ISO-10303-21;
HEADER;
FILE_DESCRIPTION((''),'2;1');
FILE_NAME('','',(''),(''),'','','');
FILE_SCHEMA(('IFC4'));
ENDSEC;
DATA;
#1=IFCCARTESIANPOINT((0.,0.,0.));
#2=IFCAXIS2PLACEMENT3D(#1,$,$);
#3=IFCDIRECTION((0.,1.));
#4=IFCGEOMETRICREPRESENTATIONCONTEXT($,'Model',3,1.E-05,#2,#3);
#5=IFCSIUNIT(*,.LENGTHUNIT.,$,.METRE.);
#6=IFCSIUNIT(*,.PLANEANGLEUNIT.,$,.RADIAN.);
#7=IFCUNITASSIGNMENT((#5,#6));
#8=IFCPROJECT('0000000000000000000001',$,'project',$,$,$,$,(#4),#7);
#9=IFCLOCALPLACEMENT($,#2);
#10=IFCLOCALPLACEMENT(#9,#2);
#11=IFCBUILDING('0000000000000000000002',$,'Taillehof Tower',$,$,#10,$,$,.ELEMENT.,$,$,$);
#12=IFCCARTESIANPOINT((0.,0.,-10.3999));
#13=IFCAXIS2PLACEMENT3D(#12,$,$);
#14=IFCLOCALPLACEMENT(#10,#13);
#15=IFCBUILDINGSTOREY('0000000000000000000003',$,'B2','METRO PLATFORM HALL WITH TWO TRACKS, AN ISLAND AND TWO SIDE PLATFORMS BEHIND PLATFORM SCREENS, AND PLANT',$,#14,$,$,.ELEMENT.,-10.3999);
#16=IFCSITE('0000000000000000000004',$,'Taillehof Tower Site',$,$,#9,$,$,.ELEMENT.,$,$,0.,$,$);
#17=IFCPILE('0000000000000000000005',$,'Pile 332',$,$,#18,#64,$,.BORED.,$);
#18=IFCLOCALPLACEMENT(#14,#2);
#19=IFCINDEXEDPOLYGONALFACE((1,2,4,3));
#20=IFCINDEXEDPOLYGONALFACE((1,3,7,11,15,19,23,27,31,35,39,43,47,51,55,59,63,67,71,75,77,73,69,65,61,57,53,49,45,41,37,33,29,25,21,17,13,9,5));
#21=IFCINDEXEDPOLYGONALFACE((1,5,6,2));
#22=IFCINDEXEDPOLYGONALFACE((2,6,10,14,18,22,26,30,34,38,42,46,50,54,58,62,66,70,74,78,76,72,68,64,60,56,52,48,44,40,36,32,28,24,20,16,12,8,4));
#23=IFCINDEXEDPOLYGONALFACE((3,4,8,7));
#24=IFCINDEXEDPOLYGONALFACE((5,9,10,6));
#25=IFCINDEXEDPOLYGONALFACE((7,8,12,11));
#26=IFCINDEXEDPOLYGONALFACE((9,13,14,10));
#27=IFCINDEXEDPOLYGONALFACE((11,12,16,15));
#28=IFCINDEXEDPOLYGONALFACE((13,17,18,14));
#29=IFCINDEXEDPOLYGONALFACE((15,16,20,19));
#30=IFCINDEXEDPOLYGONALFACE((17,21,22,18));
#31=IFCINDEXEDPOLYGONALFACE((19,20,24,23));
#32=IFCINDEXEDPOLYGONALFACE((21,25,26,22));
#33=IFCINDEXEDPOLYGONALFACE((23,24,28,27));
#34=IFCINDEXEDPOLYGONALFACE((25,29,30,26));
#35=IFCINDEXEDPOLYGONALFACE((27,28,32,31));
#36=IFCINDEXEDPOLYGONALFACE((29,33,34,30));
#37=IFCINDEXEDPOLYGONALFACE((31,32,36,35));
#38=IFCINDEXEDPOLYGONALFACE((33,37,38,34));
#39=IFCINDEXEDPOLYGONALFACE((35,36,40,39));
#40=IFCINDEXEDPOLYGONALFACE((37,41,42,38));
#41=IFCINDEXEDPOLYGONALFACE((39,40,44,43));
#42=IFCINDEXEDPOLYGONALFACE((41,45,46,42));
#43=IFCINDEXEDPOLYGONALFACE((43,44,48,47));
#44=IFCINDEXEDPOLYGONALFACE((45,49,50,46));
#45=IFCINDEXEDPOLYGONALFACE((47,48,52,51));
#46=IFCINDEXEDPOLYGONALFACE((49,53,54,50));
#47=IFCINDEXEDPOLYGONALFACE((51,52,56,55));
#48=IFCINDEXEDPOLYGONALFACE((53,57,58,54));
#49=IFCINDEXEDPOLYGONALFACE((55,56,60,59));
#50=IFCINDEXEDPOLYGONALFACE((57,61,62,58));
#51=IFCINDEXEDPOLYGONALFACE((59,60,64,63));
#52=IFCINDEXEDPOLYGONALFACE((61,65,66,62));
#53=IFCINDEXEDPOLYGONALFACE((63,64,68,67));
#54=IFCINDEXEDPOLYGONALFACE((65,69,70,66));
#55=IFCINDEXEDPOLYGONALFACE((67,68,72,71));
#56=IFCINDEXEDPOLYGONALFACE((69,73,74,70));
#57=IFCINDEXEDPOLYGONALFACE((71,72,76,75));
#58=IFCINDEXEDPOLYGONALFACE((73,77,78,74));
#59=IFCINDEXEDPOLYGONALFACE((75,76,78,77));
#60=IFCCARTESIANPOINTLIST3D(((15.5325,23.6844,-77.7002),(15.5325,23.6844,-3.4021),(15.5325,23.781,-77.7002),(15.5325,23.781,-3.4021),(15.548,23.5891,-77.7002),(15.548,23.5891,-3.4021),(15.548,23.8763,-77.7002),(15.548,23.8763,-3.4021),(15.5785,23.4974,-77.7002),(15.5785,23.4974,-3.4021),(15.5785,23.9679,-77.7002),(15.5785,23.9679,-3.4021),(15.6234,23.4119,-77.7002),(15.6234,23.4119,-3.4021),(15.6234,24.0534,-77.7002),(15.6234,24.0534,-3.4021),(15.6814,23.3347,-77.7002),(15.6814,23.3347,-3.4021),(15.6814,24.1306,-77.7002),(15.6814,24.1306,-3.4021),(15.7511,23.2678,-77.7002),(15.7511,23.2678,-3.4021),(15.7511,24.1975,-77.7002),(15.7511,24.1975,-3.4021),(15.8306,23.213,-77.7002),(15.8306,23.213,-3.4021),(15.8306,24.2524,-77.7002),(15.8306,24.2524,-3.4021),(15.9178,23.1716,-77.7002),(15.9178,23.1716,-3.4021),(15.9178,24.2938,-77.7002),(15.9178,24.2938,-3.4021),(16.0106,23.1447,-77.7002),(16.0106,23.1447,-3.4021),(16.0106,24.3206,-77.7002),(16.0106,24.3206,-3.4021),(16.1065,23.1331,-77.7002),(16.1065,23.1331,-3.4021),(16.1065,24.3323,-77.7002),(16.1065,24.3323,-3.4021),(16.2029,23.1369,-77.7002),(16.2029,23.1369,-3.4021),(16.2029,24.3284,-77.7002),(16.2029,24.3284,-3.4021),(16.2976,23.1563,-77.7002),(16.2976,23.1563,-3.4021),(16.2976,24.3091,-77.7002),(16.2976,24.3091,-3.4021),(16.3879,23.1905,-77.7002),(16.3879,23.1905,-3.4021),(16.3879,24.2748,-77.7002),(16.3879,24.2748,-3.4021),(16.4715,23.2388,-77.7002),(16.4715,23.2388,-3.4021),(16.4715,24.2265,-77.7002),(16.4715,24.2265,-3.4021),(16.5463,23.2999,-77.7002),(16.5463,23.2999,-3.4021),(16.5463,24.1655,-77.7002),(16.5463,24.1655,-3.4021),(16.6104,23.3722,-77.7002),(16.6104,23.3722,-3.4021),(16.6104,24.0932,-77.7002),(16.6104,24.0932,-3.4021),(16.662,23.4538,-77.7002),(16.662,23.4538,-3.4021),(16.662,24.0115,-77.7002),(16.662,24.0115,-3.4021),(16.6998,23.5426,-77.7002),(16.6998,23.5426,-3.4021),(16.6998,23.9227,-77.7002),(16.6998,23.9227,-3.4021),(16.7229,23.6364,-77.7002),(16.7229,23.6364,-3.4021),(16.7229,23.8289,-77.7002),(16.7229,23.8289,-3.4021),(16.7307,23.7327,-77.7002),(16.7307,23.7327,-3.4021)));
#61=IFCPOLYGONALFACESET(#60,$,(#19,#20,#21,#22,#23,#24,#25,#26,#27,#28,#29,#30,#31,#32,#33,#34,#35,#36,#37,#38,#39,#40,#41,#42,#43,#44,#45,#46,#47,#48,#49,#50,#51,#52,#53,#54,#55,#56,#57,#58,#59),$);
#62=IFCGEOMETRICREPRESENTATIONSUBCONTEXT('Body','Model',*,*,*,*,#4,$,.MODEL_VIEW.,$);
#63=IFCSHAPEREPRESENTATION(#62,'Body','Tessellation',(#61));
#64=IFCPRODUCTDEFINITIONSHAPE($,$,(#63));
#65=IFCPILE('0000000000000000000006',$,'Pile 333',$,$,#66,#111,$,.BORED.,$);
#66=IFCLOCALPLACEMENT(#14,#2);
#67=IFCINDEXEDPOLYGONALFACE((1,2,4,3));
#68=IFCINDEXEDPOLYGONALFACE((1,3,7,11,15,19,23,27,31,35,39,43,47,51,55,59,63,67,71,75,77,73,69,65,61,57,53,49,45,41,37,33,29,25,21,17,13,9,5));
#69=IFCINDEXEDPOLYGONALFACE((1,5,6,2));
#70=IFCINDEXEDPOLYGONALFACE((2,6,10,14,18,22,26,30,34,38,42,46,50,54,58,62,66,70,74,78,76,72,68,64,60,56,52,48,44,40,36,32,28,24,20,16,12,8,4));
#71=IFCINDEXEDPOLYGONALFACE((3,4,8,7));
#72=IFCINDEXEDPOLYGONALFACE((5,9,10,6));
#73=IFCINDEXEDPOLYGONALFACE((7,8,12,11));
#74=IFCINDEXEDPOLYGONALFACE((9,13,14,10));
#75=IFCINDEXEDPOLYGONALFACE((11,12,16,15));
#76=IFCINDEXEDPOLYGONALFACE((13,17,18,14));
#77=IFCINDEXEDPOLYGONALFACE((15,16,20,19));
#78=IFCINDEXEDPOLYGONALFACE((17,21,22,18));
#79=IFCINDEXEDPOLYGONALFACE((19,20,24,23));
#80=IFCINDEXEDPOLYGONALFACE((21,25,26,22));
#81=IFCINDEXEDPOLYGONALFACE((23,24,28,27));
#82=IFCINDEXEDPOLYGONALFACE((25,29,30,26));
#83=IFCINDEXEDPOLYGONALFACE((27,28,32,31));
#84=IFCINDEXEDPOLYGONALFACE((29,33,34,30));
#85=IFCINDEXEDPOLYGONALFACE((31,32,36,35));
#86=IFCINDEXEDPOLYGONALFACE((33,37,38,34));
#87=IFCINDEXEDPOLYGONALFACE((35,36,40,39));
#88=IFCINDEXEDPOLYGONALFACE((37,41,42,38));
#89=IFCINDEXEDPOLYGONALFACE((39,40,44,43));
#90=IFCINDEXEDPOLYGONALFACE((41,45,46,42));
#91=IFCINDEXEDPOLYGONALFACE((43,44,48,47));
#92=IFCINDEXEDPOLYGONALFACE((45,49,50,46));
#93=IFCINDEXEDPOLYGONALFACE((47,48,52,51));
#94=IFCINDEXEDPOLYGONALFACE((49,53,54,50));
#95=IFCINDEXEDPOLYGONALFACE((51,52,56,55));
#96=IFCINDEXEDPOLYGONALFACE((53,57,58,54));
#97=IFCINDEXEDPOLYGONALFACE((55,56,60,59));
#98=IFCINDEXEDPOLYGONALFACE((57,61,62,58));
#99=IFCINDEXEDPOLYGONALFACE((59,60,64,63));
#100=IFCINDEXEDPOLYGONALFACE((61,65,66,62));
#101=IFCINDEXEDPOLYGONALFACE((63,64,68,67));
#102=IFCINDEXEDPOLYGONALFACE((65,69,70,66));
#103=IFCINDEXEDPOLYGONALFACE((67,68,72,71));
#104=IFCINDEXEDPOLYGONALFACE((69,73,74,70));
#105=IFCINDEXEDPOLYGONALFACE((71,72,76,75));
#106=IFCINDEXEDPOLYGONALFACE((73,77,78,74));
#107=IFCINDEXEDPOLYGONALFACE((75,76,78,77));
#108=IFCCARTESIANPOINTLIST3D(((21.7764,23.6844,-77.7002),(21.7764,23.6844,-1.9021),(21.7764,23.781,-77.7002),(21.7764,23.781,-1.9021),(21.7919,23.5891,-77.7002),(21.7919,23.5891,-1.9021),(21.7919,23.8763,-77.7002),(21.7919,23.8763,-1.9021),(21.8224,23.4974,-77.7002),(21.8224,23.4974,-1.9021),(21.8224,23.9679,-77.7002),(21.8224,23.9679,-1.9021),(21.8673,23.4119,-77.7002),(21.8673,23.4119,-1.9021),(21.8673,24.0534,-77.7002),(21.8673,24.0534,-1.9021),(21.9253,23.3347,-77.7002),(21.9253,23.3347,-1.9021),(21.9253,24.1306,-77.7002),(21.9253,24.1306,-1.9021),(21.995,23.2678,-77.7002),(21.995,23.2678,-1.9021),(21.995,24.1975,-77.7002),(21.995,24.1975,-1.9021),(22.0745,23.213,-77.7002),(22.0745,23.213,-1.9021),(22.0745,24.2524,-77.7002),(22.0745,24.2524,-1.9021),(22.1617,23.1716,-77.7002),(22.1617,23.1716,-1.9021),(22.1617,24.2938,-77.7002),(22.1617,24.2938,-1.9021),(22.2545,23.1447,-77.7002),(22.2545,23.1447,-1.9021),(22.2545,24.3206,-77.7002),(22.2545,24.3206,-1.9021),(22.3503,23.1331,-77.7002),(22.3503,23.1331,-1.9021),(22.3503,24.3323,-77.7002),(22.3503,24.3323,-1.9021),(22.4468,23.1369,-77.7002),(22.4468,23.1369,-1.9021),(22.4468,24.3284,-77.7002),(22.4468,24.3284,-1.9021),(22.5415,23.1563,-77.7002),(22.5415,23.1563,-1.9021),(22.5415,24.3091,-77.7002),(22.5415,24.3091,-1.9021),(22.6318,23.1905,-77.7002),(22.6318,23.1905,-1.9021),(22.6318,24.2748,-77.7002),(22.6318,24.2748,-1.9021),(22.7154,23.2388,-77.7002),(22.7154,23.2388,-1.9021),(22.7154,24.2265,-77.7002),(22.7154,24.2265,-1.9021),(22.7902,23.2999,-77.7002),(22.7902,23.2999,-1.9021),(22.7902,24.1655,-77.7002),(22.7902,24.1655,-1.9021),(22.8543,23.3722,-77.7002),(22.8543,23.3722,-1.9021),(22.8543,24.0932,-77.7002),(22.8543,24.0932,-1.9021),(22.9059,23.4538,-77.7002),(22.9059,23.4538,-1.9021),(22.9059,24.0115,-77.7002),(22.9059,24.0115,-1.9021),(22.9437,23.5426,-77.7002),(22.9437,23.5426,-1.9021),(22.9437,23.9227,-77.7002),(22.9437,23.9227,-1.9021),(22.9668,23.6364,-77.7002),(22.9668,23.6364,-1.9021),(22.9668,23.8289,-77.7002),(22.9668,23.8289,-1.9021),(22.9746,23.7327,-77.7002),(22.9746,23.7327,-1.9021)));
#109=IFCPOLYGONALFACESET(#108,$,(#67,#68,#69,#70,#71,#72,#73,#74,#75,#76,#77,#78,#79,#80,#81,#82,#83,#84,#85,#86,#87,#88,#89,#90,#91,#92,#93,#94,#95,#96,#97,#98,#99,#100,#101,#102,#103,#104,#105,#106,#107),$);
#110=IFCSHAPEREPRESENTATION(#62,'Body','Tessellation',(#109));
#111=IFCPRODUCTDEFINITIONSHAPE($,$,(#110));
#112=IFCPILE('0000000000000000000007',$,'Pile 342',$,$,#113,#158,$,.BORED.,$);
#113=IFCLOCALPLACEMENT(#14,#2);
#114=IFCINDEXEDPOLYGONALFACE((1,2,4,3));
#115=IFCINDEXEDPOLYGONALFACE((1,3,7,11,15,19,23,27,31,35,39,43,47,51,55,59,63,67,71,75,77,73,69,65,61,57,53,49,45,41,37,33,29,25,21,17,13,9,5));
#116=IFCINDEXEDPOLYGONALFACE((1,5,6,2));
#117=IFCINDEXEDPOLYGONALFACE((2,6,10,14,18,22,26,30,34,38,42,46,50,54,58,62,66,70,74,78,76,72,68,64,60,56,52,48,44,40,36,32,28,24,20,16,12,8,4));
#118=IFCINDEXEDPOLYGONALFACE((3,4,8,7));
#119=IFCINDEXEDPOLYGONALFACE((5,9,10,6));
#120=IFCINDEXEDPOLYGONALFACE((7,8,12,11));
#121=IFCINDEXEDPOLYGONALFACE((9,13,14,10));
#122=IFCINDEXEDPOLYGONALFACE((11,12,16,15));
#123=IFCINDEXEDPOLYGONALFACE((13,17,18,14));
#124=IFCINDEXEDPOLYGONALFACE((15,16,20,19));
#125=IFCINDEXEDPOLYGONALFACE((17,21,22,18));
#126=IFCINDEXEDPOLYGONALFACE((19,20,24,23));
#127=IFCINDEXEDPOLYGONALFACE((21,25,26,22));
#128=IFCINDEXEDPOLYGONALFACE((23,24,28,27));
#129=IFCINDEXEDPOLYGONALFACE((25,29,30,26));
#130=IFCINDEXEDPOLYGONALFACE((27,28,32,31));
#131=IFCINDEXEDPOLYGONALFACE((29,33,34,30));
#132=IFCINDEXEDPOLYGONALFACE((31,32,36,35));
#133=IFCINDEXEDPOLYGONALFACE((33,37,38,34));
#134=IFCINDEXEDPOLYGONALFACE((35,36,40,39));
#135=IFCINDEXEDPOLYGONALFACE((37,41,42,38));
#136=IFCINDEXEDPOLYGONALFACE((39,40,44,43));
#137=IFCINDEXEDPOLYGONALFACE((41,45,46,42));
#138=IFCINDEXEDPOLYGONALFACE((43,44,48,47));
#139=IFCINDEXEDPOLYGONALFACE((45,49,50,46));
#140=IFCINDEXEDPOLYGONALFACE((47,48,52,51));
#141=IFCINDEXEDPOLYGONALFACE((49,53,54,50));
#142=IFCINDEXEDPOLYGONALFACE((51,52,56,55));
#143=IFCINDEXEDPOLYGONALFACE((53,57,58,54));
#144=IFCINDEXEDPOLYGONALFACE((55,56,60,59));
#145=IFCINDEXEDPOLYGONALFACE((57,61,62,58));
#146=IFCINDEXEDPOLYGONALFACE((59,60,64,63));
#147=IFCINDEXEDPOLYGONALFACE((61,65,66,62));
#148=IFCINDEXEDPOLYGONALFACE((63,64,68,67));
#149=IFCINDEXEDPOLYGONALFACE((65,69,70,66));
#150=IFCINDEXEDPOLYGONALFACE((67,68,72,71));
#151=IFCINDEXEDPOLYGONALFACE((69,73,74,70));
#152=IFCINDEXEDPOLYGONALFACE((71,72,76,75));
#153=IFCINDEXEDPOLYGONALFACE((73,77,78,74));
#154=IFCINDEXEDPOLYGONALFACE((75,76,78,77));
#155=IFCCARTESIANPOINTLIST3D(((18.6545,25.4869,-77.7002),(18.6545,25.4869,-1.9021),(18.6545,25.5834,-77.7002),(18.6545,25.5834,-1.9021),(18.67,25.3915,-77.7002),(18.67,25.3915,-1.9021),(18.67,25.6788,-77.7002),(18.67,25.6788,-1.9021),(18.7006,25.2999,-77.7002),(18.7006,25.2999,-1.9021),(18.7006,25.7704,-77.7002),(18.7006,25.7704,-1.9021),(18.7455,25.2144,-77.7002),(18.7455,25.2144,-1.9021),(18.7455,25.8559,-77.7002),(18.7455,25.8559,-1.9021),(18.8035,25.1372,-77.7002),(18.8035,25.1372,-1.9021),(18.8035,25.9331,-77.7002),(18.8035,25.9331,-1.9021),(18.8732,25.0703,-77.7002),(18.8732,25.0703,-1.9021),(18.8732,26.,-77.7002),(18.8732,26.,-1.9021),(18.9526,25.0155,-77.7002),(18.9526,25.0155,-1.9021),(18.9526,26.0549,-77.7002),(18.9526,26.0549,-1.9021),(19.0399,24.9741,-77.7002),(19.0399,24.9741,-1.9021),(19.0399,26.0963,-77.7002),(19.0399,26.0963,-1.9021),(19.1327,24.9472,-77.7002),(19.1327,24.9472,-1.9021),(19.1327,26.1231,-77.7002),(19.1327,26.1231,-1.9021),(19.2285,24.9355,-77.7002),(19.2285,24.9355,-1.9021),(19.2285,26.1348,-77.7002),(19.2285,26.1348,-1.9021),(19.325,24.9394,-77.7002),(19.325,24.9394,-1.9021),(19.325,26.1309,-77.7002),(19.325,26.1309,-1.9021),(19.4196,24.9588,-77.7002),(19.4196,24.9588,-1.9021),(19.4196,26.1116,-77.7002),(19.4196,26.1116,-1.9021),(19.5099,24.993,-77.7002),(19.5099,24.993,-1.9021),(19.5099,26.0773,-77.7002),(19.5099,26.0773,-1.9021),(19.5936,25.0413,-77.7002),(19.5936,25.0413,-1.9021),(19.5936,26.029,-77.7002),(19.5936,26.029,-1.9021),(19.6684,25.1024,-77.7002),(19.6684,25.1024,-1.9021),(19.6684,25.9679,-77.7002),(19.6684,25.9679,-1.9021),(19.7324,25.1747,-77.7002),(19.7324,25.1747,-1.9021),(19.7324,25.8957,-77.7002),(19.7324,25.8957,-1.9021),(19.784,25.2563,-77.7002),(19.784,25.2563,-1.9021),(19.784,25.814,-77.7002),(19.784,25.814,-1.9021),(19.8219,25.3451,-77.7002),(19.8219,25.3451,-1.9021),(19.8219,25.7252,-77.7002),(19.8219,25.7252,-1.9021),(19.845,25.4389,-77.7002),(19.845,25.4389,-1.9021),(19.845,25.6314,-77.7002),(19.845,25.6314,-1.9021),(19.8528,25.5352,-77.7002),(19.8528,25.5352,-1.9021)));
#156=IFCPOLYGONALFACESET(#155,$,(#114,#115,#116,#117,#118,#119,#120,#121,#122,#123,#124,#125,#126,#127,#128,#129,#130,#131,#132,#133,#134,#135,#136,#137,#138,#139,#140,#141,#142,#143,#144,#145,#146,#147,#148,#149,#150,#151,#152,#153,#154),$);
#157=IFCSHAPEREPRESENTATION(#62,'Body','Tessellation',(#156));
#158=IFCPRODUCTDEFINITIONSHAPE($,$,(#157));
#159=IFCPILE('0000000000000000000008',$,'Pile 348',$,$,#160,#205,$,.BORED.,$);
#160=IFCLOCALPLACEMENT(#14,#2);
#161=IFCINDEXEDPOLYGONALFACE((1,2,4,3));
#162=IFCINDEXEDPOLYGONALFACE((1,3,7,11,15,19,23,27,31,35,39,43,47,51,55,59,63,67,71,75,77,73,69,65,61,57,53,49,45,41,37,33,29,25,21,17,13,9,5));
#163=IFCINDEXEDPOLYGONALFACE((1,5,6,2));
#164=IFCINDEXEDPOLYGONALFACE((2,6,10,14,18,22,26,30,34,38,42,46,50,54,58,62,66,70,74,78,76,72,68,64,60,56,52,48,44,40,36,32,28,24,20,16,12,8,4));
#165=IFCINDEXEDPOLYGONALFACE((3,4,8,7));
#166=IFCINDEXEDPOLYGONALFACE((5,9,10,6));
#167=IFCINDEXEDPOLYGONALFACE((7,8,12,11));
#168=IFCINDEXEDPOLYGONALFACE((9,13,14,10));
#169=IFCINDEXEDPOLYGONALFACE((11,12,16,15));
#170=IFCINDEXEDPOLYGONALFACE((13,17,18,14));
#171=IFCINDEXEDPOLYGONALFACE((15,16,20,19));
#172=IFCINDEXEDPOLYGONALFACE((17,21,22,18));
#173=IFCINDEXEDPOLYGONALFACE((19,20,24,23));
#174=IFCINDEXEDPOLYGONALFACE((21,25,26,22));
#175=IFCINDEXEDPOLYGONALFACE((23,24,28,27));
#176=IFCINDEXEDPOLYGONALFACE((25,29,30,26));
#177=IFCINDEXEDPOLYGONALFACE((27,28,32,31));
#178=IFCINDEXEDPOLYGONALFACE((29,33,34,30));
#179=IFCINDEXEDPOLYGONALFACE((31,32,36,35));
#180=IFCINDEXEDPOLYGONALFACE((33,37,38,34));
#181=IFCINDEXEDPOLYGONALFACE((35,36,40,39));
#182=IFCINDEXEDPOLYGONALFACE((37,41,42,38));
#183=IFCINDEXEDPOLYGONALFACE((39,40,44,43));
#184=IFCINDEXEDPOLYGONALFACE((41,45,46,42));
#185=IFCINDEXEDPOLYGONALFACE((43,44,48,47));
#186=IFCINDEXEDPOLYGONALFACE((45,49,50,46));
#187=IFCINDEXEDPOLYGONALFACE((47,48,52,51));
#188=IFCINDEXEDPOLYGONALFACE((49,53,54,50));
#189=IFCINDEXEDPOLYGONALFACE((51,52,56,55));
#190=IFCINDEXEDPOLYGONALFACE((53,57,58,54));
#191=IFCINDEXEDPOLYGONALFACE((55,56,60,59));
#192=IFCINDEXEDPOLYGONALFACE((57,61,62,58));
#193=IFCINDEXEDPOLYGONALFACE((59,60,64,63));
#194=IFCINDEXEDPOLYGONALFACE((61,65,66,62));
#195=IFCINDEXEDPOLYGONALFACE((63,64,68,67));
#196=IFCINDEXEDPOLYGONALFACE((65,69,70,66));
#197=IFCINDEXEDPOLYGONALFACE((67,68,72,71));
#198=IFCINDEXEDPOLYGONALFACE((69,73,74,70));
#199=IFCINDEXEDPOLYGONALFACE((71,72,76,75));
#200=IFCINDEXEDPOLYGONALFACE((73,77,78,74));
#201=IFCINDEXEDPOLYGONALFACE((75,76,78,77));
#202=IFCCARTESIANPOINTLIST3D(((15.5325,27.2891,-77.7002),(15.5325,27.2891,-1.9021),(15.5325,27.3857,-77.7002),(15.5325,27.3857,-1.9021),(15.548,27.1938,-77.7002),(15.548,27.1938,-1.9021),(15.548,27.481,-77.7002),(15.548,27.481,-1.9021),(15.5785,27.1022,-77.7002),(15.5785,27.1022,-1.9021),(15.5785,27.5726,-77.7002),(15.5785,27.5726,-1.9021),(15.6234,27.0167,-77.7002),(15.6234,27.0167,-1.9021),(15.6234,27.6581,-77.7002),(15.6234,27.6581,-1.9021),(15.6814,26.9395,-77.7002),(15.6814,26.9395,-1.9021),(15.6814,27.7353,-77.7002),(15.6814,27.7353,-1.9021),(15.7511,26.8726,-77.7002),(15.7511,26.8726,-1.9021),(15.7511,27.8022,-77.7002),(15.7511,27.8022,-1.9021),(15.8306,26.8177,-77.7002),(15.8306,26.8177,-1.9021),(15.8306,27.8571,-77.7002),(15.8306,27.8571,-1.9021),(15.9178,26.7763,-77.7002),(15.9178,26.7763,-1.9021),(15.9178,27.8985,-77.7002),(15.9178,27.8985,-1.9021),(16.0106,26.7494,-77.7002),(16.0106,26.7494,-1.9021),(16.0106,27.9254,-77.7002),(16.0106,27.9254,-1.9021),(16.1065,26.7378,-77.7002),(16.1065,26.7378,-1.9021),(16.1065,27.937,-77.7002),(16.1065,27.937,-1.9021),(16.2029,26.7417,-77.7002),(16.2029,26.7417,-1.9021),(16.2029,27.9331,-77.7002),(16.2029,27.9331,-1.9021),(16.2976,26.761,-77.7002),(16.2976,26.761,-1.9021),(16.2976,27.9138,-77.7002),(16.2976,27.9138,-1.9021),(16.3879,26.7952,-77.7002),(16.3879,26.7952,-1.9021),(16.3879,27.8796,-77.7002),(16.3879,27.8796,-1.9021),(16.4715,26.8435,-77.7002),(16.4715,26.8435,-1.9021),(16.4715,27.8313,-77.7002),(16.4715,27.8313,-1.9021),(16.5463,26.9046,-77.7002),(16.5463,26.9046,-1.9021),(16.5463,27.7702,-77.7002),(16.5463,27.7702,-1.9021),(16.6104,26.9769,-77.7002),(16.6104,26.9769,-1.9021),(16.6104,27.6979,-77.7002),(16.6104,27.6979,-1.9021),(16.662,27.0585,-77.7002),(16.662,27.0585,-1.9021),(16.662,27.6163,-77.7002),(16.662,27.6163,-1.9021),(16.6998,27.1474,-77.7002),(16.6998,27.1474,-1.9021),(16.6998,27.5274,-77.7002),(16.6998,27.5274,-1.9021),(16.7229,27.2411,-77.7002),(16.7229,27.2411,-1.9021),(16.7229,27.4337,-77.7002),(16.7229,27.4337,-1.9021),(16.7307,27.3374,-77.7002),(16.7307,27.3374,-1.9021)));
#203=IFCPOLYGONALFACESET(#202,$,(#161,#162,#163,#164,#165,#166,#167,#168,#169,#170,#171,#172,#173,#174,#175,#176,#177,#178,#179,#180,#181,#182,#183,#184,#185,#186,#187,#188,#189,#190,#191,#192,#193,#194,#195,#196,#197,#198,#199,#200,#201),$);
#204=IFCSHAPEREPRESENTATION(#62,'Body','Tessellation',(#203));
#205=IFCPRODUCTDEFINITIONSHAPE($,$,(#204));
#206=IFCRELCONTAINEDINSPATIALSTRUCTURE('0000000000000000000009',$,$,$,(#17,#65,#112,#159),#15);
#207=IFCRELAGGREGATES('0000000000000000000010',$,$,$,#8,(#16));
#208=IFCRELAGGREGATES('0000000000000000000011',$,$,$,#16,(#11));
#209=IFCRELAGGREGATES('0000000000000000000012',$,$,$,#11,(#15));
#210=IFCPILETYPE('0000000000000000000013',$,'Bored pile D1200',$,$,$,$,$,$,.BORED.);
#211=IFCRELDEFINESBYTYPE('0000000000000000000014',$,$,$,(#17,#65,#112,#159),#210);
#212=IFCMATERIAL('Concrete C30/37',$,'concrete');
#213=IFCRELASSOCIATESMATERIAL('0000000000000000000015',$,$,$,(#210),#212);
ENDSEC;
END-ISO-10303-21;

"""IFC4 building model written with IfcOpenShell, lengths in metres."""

from ifc_helpers import new_model, si_unit, direction, frame, origin, origin_2d, place, context, subcontext, project, spatial, circle, extrude, material, material_profile, profile_set, type_object, element, save


model = new_model("IFC4")

# Units and contexts
model_context = context("Model", 3, precision=1e-05, world=origin(), true_north=direction((0.0, 1.0)))
body_context = subcontext(model_context, "Body", "Model", "MODEL_VIEW")
ifc_project = project(units=[si_unit("LENGTHUNIT", "METRE"), si_unit("PLANEANGLEUNIT", "RADIAN")], contexts=[model_context])

# Site, building, storey
site_placement = place(None, origin())
site = spatial("IfcSite", under=ifc_project, at=site_placement, Name="Taillehof Tower Site", CompositionType="ELEMENT", RefElevation=0.0)
building_placement = place(site_placement, origin())
building = spatial("IfcBuilding", under=site, at=building_placement, Name="Taillehof Tower", CompositionType="ELEMENT")
storey_placement = place(building_placement, frame((0.0, 0.0, -10.3999)))
storey = spatial("IfcBuildingStorey", under=building, at=storey_placement, Name="B2", Description="METRO PLATFORM HALL WITH TWO TRACKS, AN ISLAND AND TWO SIDE PLATFORMS BEHIND PLATFORM SCREENS, AND PLANT", CompositionType="ELEMENT", Elevation=-10.3999)

# Piles
ifc_material_1 = material(Name="Concrete C30/37", Category="concrete")
ifc_material_profile_1 = material_profile(ifc_material_1, circle(Radius=0.6001, at=origin_2d()), Name="BP D1200")
ifc_profile_set_1 = profile_set([ifc_material_profile_1], Name="Concrete C30/37")
pile_type = type_object("IfcPileType", Name="Bored pile D1200", PredefinedType="BORED", material=ifc_profile_set_1)
for number, where, z_axis, x_axis, name in (
    (1, (16.1306, 23.7327, -3.4021), (0.0, 0.0, -1.0), (1.0, 0.0, 0.0), "Pile 332"),
):
    element("IfcPile", number, at=place(storey_placement, frame(where, z_axis=z_axis, x_axis=x_axis)), inside=storey, type_object=pile_type, Name=name, PredefinedType="BORED", context=body_context, shape_type="SweptSolid", body=[
        extrude(circle(Radius=0.6001, at=origin_2d()), origin(), (0.0, 0.0, 1.0), 74.2981),
    ])
for number, where, z_axis, x_axis, name in (
    (2, (22.3745, 23.7327, -1.9021), (0.0, 0.0, -1.0), (1.0, 0.0, 0.0), "Pile 333"),
    (3, (19.2527, 25.5352, -1.9021), (0.0, 0.0, -1.0), (1.0, 0.0, 0.0), "Pile 342"),
    (4, (16.1306, 27.3374, -1.9021), (0.0, 0.0, -1.0), (1.0, 0.0, 0.0), "Pile 348"),
):
    element("IfcPile", number, at=place(storey_placement, frame(where, z_axis=z_axis, x_axis=x_axis)), inside=storey, type_object=pile_type, Name=name, PredefinedType="BORED", context=body_context, shape_type="SweptSolid", body=[
        extrude(circle(Radius=0.6001, at=origin_2d()), origin(), (0.0, 0.0, 1.0), 75.7981),
    ])

save(model, "model.ifc")
